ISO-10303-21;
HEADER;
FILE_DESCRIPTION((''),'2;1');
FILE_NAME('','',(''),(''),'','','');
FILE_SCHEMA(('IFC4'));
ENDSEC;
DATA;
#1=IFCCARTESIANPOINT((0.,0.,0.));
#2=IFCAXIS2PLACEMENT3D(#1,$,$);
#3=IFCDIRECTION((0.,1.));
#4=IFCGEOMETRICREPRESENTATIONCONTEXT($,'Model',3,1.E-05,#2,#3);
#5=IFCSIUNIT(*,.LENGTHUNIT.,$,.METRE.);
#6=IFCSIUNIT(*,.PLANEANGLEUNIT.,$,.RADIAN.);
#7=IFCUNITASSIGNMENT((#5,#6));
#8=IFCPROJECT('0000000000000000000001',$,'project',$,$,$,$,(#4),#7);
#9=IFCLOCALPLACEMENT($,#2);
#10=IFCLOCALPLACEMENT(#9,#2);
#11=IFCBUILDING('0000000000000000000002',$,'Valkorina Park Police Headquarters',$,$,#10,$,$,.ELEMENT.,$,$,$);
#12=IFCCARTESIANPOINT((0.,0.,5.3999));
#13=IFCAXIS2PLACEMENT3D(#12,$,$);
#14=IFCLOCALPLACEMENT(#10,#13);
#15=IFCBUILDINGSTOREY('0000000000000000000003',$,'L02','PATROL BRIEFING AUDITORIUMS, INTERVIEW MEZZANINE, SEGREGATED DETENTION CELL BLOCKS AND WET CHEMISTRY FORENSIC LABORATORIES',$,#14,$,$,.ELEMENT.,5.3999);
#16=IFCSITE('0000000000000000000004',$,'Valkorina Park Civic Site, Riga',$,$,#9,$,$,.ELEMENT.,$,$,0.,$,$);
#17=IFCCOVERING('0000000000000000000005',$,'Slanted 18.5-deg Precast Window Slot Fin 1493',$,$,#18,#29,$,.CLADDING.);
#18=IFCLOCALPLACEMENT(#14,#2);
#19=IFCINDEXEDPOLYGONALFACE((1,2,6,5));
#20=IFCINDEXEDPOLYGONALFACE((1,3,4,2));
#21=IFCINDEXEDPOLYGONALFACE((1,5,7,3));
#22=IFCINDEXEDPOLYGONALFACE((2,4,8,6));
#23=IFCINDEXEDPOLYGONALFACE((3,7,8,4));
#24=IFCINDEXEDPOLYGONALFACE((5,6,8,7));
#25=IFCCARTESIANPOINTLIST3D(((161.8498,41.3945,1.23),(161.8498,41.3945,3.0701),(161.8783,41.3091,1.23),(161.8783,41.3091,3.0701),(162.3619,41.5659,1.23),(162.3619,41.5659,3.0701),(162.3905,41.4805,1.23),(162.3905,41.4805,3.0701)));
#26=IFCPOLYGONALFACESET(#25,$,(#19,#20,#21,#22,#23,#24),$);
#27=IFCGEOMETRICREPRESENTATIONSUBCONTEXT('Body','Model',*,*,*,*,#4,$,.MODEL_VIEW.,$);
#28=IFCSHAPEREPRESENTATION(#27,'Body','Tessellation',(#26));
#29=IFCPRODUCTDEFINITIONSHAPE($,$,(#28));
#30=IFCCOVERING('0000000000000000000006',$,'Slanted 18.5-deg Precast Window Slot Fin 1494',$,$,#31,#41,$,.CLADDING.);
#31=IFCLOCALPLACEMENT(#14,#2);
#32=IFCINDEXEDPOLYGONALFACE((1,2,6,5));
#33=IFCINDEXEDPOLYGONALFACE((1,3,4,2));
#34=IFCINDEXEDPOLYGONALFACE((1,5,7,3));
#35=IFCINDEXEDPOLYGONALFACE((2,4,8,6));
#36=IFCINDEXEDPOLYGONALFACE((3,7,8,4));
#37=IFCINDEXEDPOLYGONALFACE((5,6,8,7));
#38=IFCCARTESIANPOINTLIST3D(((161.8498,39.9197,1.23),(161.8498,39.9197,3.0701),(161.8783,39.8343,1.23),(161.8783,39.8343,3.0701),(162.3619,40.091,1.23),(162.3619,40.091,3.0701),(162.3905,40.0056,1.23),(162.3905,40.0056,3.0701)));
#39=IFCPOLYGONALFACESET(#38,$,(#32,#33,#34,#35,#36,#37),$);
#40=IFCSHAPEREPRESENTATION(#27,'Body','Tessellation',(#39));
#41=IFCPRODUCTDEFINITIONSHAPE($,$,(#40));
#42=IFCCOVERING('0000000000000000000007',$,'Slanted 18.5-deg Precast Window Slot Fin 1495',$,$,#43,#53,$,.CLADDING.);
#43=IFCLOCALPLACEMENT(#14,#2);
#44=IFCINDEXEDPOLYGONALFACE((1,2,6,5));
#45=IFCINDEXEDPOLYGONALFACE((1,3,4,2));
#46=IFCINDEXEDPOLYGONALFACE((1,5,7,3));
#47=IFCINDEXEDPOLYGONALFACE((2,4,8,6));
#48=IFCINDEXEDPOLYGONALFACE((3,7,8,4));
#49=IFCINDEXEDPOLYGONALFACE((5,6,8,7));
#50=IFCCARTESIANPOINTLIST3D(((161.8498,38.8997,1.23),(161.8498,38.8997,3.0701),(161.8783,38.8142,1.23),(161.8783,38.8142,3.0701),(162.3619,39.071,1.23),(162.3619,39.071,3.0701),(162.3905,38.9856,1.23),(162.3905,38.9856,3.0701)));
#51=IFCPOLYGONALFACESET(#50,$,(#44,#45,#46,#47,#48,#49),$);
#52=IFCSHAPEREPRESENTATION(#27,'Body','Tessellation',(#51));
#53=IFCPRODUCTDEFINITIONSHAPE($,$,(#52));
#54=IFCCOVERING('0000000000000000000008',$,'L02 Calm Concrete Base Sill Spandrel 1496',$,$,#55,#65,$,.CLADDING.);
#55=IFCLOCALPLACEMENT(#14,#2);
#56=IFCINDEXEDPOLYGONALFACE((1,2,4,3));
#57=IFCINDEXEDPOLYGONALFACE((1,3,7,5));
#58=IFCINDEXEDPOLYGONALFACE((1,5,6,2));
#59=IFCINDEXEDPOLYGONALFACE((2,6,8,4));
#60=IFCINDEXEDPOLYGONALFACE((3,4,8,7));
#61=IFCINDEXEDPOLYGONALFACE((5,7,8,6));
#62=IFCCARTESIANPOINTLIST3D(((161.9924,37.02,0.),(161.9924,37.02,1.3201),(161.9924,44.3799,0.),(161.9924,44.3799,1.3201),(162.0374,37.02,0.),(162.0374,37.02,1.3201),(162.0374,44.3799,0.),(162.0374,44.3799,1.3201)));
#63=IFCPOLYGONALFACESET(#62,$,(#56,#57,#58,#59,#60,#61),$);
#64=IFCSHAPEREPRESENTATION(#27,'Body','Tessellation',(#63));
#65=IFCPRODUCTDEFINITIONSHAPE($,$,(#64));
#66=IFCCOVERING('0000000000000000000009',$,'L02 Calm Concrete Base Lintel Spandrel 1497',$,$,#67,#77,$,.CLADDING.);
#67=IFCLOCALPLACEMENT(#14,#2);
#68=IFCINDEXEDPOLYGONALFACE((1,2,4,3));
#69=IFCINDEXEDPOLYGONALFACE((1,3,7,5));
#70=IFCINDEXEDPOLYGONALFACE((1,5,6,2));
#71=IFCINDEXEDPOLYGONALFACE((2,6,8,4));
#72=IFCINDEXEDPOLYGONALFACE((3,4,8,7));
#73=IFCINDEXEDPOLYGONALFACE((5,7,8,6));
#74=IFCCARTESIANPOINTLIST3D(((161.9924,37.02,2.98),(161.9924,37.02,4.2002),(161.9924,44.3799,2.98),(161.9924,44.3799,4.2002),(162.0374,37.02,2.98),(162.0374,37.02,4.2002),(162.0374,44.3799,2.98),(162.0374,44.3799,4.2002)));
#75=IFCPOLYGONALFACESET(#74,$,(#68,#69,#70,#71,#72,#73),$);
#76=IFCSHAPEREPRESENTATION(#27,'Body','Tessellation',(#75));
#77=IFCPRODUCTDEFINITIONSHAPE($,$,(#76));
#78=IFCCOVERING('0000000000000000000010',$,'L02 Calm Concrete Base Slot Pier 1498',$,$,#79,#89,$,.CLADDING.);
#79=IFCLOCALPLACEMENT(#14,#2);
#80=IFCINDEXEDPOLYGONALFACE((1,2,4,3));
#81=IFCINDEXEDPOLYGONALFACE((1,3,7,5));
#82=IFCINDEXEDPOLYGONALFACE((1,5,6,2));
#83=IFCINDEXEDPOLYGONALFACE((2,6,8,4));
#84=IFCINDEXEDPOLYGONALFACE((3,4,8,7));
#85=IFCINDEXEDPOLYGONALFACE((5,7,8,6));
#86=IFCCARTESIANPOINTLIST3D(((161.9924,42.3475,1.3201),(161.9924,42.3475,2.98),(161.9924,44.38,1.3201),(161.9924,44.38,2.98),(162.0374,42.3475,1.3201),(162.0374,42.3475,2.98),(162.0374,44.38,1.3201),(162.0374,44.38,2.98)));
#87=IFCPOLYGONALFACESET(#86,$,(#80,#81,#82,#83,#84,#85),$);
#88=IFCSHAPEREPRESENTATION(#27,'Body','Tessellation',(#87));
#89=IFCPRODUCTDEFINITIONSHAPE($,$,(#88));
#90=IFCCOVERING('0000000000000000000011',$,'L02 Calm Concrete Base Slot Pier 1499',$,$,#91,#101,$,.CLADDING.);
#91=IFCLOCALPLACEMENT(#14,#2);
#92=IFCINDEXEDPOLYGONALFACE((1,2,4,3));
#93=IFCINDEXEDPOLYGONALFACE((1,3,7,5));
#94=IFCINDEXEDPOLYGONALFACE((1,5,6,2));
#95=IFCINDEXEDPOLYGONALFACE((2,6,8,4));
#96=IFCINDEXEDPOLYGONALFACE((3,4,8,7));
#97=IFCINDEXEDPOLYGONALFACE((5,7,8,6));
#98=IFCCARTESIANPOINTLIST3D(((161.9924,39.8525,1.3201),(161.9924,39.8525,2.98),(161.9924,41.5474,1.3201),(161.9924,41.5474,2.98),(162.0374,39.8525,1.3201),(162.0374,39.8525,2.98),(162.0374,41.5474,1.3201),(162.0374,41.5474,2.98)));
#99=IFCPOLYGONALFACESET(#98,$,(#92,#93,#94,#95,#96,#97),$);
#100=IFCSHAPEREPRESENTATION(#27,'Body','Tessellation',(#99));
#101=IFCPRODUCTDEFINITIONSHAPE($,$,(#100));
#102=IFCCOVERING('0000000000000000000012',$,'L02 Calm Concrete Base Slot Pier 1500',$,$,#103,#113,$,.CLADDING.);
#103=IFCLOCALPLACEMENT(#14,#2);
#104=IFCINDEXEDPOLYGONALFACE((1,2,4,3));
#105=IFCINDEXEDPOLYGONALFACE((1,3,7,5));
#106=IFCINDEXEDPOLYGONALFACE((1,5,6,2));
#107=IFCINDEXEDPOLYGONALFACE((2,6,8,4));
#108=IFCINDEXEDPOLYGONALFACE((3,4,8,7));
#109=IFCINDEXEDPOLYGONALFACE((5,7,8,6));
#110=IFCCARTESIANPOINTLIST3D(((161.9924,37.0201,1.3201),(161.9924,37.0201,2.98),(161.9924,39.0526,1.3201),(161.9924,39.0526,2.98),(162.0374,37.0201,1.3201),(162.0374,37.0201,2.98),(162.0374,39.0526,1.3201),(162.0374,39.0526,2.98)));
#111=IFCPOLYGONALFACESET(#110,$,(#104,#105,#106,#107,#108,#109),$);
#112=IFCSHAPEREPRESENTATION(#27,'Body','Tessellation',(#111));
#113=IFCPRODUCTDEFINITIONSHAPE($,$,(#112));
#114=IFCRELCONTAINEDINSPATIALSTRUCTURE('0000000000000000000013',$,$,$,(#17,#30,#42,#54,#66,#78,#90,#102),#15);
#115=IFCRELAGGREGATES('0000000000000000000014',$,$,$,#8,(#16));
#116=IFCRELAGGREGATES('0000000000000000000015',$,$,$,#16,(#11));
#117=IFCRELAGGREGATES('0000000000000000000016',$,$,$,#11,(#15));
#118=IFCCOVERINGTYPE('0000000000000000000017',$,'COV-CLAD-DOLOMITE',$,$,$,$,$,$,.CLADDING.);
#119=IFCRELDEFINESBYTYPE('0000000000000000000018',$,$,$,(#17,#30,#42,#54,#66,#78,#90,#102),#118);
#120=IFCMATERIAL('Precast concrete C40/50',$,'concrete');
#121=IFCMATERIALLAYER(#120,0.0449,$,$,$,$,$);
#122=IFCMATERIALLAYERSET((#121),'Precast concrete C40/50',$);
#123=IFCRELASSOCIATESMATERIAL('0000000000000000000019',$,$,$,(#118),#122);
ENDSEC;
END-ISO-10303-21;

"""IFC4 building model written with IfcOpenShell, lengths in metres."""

from ifc_helpers import new_model, si_unit, direction, frame, frame_2d, origin, origin_2d, place, context, subcontext, project, spatial, rectangle, extrude, material, layer, layer_set, type_object, element, save


model = new_model("IFC4")

# Units and contexts
model_context = context("Model", 3, precision=1e-05, world=origin(), true_north=direction((0.0, 1.0)))
body_context = subcontext(model_context, "Body", "Model", "MODEL_VIEW")
ifc_project = project(units=[si_unit("LENGTHUNIT", "METRE"), si_unit("PLANEANGLEUNIT", "RADIAN")], contexts=[model_context])

# Site, building, storey
site_placement = place(None, origin())
site = spatial("IfcSite", under=ifc_project, at=site_placement, Name="Valkorina Park Civic Site, Riga", CompositionType="ELEMENT", RefElevation=0.0)
building_placement = place(site_placement, origin())
building = spatial("IfcBuilding", under=site, at=building_placement, Name="Valkorina Park Police Headquarters", CompositionType="ELEMENT")
storey_placement = place(building_placement, frame((0.0, 0.0, 5.3999)))
storey = spatial("IfcBuildingStorey", under=building, at=storey_placement, Name="L02", Description="PATROL BRIEFING AUDITORIUMS, INTERVIEW MEZZANINE, SEGREGATED DETENTION CELL BLOCKS AND WET CHEMISTRY FORENSIC LABORATORIES", CompositionType="ELEMENT", Elevation=5.3999)

# Shared definitions
ifc_material_1 = material(Name="Precast concrete C40/50", Category="concrete")

# Coverings
ifc_layer_1 = layer(ifc_material_1, 0.0449)
ifc_layer_set_1 = layer_set([ifc_layer_1], Name="Precast concrete C40/50")
covering_type = type_object("IfcCoveringType", Name="COV-CLAD-DOLOMITE", PredefinedType="CLADDING", material=ifc_layer_set_1)
for number, where, z_axis, x_axis, name in (
    (1, (162.1201, 41.4375, 1.23), (0.0, 0.0, 1.0), (0.948324, 0.317305, 0.0), "Slanted 18.5-deg Precast Window Slot Fin 1493"),
    (2, (162.1201, 39.9626, 1.23), (0.0, 0.0, 1.0), (0.948324, 0.317305, 0.0), "Slanted 18.5-deg Precast Window Slot Fin 1494"),
    (3, (162.1201, 38.9426, 1.23), (0.0, 0.0, 1.0), (0.948324, 0.317305, 0.0), "Slanted 18.5-deg Precast Window Slot Fin 1495"),
):
    element("IfcCovering", number, at=place(storey_placement, frame(where, z_axis=z_axis, x_axis=x_axis)), inside=storey, type_object=covering_type, Name=name, PredefinedType="CLADDING", context=body_context, shape_type="SweptSolid", body=[
        extrude(rectangle(XDim=0.54, YDim=0.0901, at=origin_2d()), origin(), (0.0, 0.0, 1.0), 1.8401),
    ])
covering_1_placement = place(storey_placement, frame((162.0149, 44.3799, 0.0), z_axis=(0.0, 0.0, 1.0), x_axis=(0.0, -1.0, 0.0)))
element("IfcCovering", 4, at=covering_1_placement, inside=storey, type_object=covering_type, Name="L02 Calm Concrete Base Sill Spandrel 1496", PredefinedType="CLADDING", context=body_context, shape_type="SweptSolid", body=[
    extrude(rectangle(XDim=7.3599, YDim=0.0449, at=frame_2d((3.6799, 0.0))), origin(), (0.0, 0.0, 1.0), 1.3201),
])
covering_2_placement = place(storey_placement, frame((162.0149, 44.3799, 2.98), z_axis=(0.0, 0.0, 1.0), x_axis=(0.0, -1.0, 0.0)))
element("IfcCovering", 5, at=covering_2_placement, inside=storey, type_object=covering_type, Name="L02 Calm Concrete Base Lintel Spandrel 1497", PredefinedType="CLADDING", context=body_context, shape_type="SweptSolid", body=[
    extrude(rectangle(XDim=7.3599, YDim=0.0449, at=frame_2d((3.6799, 0.0))), origin(), (0.0, 0.0, 1.0), 1.2202),
])
covering_3_placement = place(storey_placement, frame((162.0149, 44.3799, 1.3201), z_axis=(0.0, 0.0, 1.0), x_axis=(0.0, -1.0, 0.0)))
element("IfcCovering", 6, at=covering_3_placement, inside=storey, type_object=covering_type, Name="L02 Calm Concrete Base Slot Pier 1498", PredefinedType="CLADDING", context=body_context, shape_type="SweptSolid", body=[
    extrude(rectangle(XDim=2.0325, YDim=0.0449, at=frame_2d((1.0161, 0.0))), origin(), (0.0, 0.0, 1.0), 1.6599),
])
covering_4_placement = place(storey_placement, frame((162.0149, 41.5474, 1.3201), z_axis=(0.0, 0.0, 1.0), x_axis=(0.0, -1.0, 0.0)))
element("IfcCovering", 7, at=covering_4_placement, inside=storey, type_object=covering_type, Name="L02 Calm Concrete Base Slot Pier 1499", PredefinedType="CLADDING", context=body_context, shape_type="SweptSolid", body=[
    extrude(rectangle(XDim=1.6948, YDim=0.0449, at=frame_2d((0.8474, 0.0))), origin(), (0.0, 0.0, 1.0), 1.6599),
])
covering_5_placement = place(storey_placement, frame((162.0149, 39.0525, 1.3201), z_axis=(0.0, 0.0, 1.0), x_axis=(0.0, -1.0, 0.0)))
element("IfcCovering", 8, at=covering_5_placement, inside=storey, type_object=covering_type, Name="L02 Calm Concrete Base Slot Pier 1500", PredefinedType="CLADDING", context=body_context, shape_type="SweptSolid", body=[
    extrude(rectangle(XDim=2.0325, YDim=0.0449, at=frame_2d((1.0161, 0.0))), origin(), (0.0, 0.0, 1.0), 1.6599),
])

save(model, "model.ifc")
